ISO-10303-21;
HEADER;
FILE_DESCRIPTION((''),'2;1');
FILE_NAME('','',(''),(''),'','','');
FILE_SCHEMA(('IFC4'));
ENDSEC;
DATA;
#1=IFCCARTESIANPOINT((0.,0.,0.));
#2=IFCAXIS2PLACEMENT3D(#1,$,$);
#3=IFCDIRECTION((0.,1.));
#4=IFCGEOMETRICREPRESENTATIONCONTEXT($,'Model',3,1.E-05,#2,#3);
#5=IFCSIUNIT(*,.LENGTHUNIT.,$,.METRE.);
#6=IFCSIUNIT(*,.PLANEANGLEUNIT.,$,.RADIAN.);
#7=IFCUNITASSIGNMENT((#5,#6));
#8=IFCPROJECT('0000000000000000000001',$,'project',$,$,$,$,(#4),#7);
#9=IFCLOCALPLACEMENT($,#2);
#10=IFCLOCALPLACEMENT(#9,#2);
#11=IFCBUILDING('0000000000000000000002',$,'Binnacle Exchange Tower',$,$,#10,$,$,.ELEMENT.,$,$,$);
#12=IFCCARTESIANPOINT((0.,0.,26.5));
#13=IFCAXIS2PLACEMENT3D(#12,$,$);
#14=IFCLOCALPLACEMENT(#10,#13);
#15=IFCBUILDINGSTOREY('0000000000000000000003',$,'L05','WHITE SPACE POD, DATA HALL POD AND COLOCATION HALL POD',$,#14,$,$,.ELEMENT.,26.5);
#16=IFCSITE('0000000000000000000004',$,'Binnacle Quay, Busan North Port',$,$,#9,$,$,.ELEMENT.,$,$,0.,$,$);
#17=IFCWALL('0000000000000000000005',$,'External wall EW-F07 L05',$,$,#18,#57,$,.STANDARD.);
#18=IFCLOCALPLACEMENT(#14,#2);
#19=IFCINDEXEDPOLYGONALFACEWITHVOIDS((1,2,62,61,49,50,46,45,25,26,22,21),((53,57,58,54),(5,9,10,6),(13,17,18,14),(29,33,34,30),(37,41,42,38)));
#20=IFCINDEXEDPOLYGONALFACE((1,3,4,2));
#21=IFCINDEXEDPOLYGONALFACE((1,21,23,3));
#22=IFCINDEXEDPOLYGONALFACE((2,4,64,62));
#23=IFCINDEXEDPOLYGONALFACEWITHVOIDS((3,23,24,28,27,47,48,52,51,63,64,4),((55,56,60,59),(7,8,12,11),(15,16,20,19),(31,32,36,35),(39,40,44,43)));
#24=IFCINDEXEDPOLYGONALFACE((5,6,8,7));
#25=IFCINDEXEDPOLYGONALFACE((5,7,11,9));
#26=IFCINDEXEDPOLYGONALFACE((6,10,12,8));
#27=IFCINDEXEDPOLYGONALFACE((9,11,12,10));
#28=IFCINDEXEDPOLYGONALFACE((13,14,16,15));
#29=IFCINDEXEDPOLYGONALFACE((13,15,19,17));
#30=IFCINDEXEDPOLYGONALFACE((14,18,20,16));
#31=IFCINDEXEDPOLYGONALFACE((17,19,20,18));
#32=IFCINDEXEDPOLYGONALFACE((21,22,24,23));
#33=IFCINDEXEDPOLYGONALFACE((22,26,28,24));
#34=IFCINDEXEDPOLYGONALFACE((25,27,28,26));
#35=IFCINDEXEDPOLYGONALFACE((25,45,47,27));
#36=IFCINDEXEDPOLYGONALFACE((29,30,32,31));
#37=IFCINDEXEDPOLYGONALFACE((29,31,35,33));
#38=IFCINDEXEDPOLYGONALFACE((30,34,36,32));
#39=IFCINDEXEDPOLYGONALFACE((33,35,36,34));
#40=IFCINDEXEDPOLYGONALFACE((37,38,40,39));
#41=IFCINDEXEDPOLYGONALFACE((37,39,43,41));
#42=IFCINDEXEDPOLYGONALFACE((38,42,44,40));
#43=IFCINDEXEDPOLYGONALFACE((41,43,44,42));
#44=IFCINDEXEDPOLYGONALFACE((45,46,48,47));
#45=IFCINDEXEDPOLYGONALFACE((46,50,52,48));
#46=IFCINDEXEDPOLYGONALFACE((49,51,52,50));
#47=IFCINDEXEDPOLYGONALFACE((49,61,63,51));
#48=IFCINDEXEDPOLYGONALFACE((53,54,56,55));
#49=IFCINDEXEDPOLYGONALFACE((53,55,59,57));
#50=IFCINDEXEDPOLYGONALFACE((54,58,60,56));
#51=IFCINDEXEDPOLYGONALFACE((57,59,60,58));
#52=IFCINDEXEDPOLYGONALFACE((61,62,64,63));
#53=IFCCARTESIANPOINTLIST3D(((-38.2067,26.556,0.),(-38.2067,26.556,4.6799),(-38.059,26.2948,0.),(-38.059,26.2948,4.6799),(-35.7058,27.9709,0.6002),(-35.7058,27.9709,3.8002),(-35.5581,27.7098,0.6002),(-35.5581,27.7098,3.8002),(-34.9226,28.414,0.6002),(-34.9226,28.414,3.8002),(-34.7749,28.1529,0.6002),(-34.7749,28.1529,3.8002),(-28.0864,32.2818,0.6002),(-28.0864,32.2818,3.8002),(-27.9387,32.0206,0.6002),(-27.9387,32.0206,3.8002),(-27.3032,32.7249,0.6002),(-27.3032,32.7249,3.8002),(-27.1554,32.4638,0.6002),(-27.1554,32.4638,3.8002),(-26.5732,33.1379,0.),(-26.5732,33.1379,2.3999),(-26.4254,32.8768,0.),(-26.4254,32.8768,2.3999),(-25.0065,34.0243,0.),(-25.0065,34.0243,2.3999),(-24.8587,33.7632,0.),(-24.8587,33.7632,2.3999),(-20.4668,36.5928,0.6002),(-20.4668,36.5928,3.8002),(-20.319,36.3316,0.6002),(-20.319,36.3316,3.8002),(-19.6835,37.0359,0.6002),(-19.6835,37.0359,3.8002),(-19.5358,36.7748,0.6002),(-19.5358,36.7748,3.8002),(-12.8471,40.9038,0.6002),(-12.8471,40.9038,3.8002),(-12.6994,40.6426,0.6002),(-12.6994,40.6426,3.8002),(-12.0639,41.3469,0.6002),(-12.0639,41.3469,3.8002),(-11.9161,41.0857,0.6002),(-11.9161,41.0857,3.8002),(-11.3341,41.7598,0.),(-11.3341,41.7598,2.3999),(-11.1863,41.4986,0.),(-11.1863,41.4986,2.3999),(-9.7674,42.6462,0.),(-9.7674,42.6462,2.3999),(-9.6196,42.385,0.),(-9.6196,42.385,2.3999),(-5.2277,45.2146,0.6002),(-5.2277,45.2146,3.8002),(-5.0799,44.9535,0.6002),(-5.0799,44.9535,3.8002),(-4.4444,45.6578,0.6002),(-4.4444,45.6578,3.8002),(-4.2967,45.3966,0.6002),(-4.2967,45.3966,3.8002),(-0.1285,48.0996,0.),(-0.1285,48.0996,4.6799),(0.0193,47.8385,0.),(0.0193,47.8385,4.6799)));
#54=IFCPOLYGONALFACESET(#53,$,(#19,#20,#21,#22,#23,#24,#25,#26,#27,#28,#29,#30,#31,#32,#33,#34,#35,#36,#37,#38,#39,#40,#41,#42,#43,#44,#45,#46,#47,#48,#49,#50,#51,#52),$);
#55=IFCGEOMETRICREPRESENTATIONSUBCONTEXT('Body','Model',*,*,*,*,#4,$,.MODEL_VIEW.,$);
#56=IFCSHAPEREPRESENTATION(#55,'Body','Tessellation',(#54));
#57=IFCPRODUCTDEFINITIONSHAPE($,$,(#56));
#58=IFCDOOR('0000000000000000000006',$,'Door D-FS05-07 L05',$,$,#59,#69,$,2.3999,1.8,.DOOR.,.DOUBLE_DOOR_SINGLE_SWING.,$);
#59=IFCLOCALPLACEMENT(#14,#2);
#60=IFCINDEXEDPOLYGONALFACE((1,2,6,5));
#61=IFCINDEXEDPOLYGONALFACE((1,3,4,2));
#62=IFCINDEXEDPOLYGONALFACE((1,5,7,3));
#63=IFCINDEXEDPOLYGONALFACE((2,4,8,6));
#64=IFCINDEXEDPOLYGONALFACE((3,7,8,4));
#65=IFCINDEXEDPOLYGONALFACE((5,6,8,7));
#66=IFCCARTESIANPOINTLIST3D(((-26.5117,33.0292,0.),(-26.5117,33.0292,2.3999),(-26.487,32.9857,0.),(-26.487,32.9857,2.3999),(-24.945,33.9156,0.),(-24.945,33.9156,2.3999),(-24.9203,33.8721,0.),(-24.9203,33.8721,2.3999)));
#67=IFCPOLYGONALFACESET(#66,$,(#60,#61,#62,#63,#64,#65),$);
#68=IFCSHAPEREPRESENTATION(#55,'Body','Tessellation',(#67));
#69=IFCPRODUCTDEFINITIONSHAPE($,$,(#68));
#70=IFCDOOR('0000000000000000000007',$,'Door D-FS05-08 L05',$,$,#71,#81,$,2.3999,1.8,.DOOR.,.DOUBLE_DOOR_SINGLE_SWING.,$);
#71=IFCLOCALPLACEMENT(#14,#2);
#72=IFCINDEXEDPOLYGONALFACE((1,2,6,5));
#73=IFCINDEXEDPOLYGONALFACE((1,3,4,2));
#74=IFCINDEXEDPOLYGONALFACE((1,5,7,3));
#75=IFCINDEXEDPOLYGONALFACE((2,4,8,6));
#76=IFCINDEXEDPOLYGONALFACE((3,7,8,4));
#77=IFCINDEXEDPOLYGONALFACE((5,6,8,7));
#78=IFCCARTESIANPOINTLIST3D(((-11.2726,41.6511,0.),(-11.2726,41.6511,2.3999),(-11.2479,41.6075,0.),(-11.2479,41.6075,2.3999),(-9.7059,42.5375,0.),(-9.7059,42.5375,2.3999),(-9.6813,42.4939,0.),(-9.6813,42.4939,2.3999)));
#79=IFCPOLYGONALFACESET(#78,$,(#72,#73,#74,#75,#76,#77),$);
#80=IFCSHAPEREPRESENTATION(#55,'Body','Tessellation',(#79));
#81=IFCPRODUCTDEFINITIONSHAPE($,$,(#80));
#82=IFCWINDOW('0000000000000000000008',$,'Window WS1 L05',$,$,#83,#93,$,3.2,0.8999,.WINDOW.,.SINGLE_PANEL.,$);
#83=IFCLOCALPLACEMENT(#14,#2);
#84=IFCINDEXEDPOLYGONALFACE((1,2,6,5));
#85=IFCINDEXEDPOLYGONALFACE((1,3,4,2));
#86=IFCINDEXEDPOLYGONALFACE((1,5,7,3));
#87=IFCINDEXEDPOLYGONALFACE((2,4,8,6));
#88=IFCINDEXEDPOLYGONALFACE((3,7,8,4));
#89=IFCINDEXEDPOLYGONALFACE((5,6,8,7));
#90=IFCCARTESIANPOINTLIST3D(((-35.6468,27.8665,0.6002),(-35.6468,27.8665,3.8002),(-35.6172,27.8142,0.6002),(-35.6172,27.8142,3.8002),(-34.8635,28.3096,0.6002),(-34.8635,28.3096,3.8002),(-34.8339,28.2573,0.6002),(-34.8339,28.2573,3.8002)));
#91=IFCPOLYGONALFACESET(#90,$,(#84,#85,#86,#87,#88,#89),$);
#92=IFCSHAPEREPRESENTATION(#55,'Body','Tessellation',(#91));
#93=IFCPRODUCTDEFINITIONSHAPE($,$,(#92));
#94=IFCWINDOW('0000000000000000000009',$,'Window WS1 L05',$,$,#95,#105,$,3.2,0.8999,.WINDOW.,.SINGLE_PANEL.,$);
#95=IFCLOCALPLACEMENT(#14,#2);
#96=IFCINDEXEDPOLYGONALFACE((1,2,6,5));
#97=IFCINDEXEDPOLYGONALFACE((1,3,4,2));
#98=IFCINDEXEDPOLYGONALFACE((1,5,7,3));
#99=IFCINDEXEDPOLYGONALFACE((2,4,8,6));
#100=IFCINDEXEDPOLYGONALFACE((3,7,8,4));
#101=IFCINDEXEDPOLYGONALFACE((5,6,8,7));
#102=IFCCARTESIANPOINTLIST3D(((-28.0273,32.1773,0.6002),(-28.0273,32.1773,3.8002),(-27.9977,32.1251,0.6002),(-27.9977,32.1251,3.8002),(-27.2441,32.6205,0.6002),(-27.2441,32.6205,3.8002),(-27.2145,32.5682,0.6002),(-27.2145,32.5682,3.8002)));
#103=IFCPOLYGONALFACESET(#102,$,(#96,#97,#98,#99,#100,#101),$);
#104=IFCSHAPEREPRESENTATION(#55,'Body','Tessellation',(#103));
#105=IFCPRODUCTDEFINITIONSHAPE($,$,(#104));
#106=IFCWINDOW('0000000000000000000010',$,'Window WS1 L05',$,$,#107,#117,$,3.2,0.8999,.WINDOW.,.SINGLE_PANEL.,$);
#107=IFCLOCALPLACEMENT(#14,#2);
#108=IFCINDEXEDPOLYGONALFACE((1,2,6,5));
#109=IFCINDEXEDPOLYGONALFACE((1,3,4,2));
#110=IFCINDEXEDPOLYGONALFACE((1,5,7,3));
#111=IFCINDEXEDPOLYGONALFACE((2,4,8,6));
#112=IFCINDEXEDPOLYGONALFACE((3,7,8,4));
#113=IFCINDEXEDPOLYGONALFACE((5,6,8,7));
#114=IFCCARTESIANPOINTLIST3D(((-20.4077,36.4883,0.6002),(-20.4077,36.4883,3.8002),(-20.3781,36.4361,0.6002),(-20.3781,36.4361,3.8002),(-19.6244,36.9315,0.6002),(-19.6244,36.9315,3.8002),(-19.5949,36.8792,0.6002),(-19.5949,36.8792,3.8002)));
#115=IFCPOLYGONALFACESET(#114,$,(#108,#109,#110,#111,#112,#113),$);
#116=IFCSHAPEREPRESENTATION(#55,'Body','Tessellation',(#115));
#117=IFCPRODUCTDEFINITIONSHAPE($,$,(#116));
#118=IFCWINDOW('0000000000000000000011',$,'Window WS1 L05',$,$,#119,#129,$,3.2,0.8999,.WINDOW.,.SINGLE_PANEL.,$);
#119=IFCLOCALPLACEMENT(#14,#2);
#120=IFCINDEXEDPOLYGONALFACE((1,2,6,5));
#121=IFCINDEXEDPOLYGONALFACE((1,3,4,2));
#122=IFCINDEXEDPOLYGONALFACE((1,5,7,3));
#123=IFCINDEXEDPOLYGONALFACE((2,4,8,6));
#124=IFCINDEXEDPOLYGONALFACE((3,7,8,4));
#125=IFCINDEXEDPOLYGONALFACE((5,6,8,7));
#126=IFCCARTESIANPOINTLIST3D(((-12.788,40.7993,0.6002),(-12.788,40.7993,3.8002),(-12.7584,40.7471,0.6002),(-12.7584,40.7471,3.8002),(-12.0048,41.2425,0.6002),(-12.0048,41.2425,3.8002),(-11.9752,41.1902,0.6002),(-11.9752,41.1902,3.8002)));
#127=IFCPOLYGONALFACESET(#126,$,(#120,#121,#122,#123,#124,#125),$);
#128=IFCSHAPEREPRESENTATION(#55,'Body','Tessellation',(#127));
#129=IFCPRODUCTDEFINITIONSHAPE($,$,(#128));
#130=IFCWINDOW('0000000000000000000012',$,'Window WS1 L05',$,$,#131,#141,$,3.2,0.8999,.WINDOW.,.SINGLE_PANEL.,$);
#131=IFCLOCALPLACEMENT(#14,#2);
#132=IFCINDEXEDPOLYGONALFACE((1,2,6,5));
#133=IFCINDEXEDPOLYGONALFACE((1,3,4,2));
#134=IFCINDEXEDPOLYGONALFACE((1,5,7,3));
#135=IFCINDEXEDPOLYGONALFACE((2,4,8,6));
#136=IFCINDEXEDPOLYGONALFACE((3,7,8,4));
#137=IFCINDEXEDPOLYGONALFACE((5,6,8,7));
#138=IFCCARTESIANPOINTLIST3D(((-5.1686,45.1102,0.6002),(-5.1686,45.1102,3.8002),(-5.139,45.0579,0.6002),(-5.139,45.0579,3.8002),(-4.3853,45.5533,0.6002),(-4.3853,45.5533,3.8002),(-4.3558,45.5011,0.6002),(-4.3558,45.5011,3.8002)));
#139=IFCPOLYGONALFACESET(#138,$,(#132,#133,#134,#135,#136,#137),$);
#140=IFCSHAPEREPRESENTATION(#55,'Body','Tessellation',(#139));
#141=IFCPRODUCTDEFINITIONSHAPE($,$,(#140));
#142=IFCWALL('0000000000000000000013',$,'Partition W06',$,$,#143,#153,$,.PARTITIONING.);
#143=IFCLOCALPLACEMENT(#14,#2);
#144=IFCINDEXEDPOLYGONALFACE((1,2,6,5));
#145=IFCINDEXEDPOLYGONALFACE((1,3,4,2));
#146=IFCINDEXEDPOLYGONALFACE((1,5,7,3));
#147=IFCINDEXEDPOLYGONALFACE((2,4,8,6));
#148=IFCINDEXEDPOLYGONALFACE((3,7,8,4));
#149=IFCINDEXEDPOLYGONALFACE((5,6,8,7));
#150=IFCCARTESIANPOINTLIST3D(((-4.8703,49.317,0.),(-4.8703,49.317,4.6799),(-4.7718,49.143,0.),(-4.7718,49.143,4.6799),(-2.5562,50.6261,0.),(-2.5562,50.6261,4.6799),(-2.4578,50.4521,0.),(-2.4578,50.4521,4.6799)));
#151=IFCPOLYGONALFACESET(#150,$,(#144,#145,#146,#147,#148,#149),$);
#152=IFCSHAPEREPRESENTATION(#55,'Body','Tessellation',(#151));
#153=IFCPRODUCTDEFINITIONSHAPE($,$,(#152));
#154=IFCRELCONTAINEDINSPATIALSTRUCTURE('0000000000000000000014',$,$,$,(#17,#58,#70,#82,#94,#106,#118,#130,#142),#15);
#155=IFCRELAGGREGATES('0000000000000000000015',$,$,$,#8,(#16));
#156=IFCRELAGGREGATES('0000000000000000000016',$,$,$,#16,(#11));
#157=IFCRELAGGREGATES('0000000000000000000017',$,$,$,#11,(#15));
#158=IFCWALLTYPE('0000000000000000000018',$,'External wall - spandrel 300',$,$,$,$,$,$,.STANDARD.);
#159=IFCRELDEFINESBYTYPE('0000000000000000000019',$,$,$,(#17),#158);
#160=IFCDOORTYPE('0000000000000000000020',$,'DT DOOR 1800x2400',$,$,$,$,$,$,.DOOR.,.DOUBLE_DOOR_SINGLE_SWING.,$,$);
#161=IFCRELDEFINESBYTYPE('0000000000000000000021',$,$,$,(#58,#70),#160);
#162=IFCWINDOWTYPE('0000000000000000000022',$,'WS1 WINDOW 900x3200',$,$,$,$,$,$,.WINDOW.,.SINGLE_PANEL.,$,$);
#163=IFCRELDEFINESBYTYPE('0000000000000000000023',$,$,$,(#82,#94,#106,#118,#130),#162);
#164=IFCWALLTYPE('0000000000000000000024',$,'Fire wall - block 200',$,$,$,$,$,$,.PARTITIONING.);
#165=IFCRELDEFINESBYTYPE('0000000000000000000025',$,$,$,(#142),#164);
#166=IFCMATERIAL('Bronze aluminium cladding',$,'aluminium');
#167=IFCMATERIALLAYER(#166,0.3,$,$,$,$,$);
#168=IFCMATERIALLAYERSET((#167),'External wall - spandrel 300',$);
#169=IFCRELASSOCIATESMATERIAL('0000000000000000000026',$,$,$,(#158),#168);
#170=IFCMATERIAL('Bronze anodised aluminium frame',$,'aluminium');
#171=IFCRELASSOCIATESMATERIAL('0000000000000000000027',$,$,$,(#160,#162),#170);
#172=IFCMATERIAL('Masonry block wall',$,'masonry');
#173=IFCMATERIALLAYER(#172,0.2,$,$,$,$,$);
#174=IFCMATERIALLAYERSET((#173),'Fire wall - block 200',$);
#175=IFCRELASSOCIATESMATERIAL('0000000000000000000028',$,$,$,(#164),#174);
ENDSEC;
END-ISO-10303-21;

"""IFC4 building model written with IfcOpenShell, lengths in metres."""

from ifc_helpers import new_model, si_unit, direction, frame, frame_2d, origin, place, context, subcontext, project, spatial, rectangle, extrude, material, layer, layer_set, type_object, element, fill, save


model = new_model("IFC4")

# Units and contexts
model_context = context("Model", 3, precision=1e-05, world=origin(), true_north=direction((0.0, 1.0)))
body_context = subcontext(model_context, "Body", "Model", "MODEL_VIEW")
ifc_project = project(units=[si_unit("LENGTHUNIT", "METRE"), si_unit("PLANEANGLEUNIT", "RADIAN")], contexts=[model_context])

# Site, building, storey
site_placement = place(None, origin())
site = spatial("IfcSite", under=ifc_project, at=site_placement, Name="Binnacle Quay, Busan North Port", CompositionType="ELEMENT", RefElevation=0.0)
building_placement = place(site_placement, origin())
building = spatial("IfcBuilding", under=site, at=building_placement, Name="Binnacle Exchange Tower", CompositionType="ELEMENT")
storey_placement = place(building_placement, frame((0.0, 0.0, 26.5)))
storey = spatial("IfcBuildingStorey", under=building, at=storey_placement, Name="L05", Description="WHITE SPACE POD, DATA HALL POD AND COLOCATION HALL POD", CompositionType="ELEMENT", Elevation=26.5)

# Wall, openings, doors, windows
ifc_material_1 = material(Name="Bronze aluminium cladding", Category="aluminium")
ifc_layer_1 = layer(ifc_material_1, 0.3)
ifc_layer_set_1 = layer_set([ifc_layer_1], Name="External wall - spandrel 300")
wall_type_1 = type_object("IfcWallType", Name="External wall - spandrel 300", PredefinedType="STANDARD", material=ifc_layer_set_1)
wall_1_placement = place(storey_placement, frame((-0.0547, 47.969, 0.0), z_axis=(0.0, 0.0, 1.0), x_axis=(-0.870356, -0.492423, 0.0)))
wall_1 = element("IfcWall", 1, at=wall_1_placement, inside=storey, type_object=wall_type_1, Name="External wall EW-F07 L05", PredefinedType="STANDARD", context=body_context, shape_type="SweptSolid", body=[
    extrude(rectangle(XDim=43.7502, YDim=0.3, at=frame_2d((21.875, 0.0))), origin(), (0.0, 0.0, 1.0), 4.6799),
])
opening_1_placement = place(wall_1_placement, frame((39.9768, 0.0, 0.6001)))
opening_1 = element("IfcOpeningElement", 2, at=opening_1_placement, cuts=wall_1, PredefinedType="OPENING", context=body_context, shape_type="SweptSolid", body=[
    extrude(rectangle(XDim=0.8999, YDim=3.2, at=frame_2d((0.45, 1.6001))), frame((0.0, 0.1599, 0.0), z_axis=(0.0, -1.0, 0.0), x_axis=(1.0, 0.0, 0.0)), (0.0, 0.0, 1.0), 0.3201),
])
opening_2_placement = place(wall_1_placement, frame((31.2224, 0.0, 0.6001)))
opening_2 = element("IfcOpeningElement", 3, at=opening_2_placement, cuts=wall_1, PredefinedType="OPENING", context=body_context, shape_type="SweptSolid", body=[
    extrude(rectangle(XDim=0.8999, YDim=3.2, at=frame_2d((0.45, 1.6001))), frame((0.0, 0.1599, 0.0), z_axis=(0.0, -1.0, 0.0), x_axis=(1.0, 0.0, 0.0)), (0.0, 0.0, 1.0), 0.3201),
])
opening_3_placement = place(wall_1_placement, frame((28.5837, 0.0, 0.0)))
opening_3 = element("IfcOpeningElement", 4, at=opening_3_placement, cuts=wall_1, PredefinedType="OPENING", context=body_context, shape_type="SweptSolid", body=[
    extrude(rectangle(XDim=1.8, YDim=2.3999, at=frame_2d((0.8999, 1.2))), frame((0.0, 0.1599, 0.0), z_axis=(0.0, -1.0, 0.0), x_axis=(1.0, 0.0, 0.0)), (0.0, 0.0, 1.0), 0.3201),
])
opening_4_placement = place(wall_1_placement, frame((22.4678, 0.0, 0.6001)))
opening_4 = element("IfcOpeningElement", 5, at=opening_4_placement, cuts=wall_1, PredefinedType="OPENING", context=body_context, shape_type="SweptSolid", body=[
    extrude(rectangle(XDim=0.8999, YDim=3.2, at=frame_2d((0.45, 1.6001))), frame((0.0, 0.1599, 0.0), z_axis=(0.0, -1.0, 0.0), x_axis=(1.0, 0.0, 0.0)), (0.0, 0.0, 1.0), 0.3201),
])
opening_5_placement = place(wall_1_placement, frame((13.7131, 0.0, 0.6001)))
opening_5 = element("IfcOpeningElement", 6, at=opening_5_placement, cuts=wall_1, PredefinedType="OPENING", context=body_context, shape_type="SweptSolid", body=[
    extrude(rectangle(XDim=0.8999, YDim=3.2, at=frame_2d((0.45, 1.6001))), frame((0.0, 0.1599, 0.0), z_axis=(0.0, -1.0, 0.0), x_axis=(1.0, 0.0, 0.0)), (0.0, 0.0, 1.0), 0.3201),
])
opening_6_placement = place(wall_1_placement, frame((11.0747, 0.0, 0.0)))
opening_6 = element("IfcOpeningElement", 7, at=opening_6_placement, cuts=wall_1, PredefinedType="OPENING", context=body_context, shape_type="SweptSolid", body=[
    extrude(rectangle(XDim=1.8, YDim=2.3999, at=frame_2d((0.8999, 1.2))), frame((0.0, 0.1599, 0.0), z_axis=(0.0, -1.0, 0.0), x_axis=(1.0, 0.0, 0.0)), (0.0, 0.0, 1.0), 0.3201),
])
opening_7_placement = place(wall_1_placement, frame((4.9587, 0.0, 0.6001)))
opening_7 = element("IfcOpeningElement", 8, at=opening_7_placement, cuts=wall_1, PredefinedType="OPENING", context=body_context, shape_type="SweptSolid", body=[
    extrude(rectangle(XDim=0.8999, YDim=3.2, at=frame_2d((0.45, 1.6001))), frame((0.0, 0.1599, 0.0), z_axis=(0.0, -1.0, 0.0), x_axis=(1.0, 0.0, 0.0)), (0.0, 0.0, 1.0), 0.3201),
])
ifc_material_2 = material(Name="Bronze anodised aluminium frame", Category="aluminium")
door_type_1 = type_object("IfcDoorType", Name="DT DOOR 1800x2400", OperationType="DOUBLE_DOOR_SINGLE_SWING", PredefinedType="DOOR", material=ifc_material_2)
door_1_placement = place(opening_3_placement, origin())
door_1 = element("IfcDoor", 9, at=door_1_placement, inside=storey, type_object=door_type_1, Name="Door D-FS05-07 L05", OperationType="DOUBLE_DOOR_SINGLE_SWING", OverallHeight=2.3999, OverallWidth=1.8, PredefinedType="DOOR", context=body_context, shape_type="SweptSolid", body=[
    extrude(rectangle(XDim=1.8, YDim=2.3999, at=frame_2d((0.8999, 1.2))), frame((0.0, 0.0249, 0.0), z_axis=(0.0, -1.0, 0.0), x_axis=(1.0, 0.0, 0.0)), (0.0, 0.0, 1.0), 0.05),
])
fill(opening_3, door_1)
door_2_placement = place(opening_6_placement, origin())
door_2 = element("IfcDoor", 10, at=door_2_placement, inside=storey, type_object=door_type_1, Name="Door D-FS05-08 L05", OperationType="DOUBLE_DOOR_SINGLE_SWING", OverallHeight=2.3999, OverallWidth=1.8, PredefinedType="DOOR", context=body_context, shape_type="SweptSolid", body=[
    extrude(rectangle(XDim=1.8, YDim=2.3999, at=frame_2d((0.8999, 1.2))), frame((0.0, 0.0249, 0.0), z_axis=(0.0, -1.0, 0.0), x_axis=(1.0, 0.0, 0.0)), (0.0, 0.0, 1.0), 0.05),
])
fill(opening_6, door_2)
window_type = type_object("IfcWindowType", Name="WS1 WINDOW 900x3200", PartitioningType="SINGLE_PANEL", PredefinedType="WINDOW", material=ifc_material_2)
window_1_placement = place(opening_1_placement, origin())
window_1 = element("IfcWindow", 11, at=window_1_placement, inside=storey, type_object=window_type, Name="Window WS1 L05", OverallHeight=3.2, OverallWidth=0.8999, PartitioningType="SINGLE_PANEL", PredefinedType="WINDOW", context=body_context, shape_type="SweptSolid", body=[
    extrude(rectangle(XDim=0.8999, YDim=3.2, at=frame_2d((0.45, 1.6001))), frame((0.0, 0.03, 0.0), z_axis=(0.0, -1.0, 0.0), x_axis=(1.0, 0.0, 0.0)), (0.0, 0.0, 1.0), 0.0601),
])
fill(opening_1, window_1)
window_2_placement = place(opening_2_placement, origin())
window_2 = element("IfcWindow", 12, at=window_2_placement, inside=storey, type_object=window_type, Name="Window WS1 L05", OverallHeight=3.2, OverallWidth=0.8999, PartitioningType="SINGLE_PANEL", PredefinedType="WINDOW", context=body_context, shape_type="SweptSolid", body=[
    extrude(rectangle(XDim=0.8999, YDim=3.2, at=frame_2d((0.45, 1.6001))), frame((0.0, 0.03, 0.0), z_axis=(0.0, -1.0, 0.0), x_axis=(1.0, 0.0, 0.0)), (0.0, 0.0, 1.0), 0.0601),
])
fill(opening_2, window_2)
window_3_placement = place(opening_4_placement, origin())
window_3 = element("IfcWindow", 13, at=window_3_placement, inside=storey, type_object=window_type, Name="Window WS1 L05", OverallHeight=3.2, OverallWidth=0.8999, PartitioningType="SINGLE_PANEL", PredefinedType="WINDOW", context=body_context, shape_type="SweptSolid", body=[
    extrude(rectangle(XDim=0.8999, YDim=3.2, at=frame_2d((0.45, 1.6001))), frame((0.0, 0.03, 0.0), z_axis=(0.0, -1.0, 0.0), x_axis=(1.0, 0.0, 0.0)), (0.0, 0.0, 1.0), 0.0601),
])
fill(opening_4, window_3)
window_4_placement = place(opening_5_placement, origin())
window_4 = element("IfcWindow", 14, at=window_4_placement, inside=storey, type_object=window_type, Name="Window WS1 L05", OverallHeight=3.2, OverallWidth=0.8999, PartitioningType="SINGLE_PANEL", PredefinedType="WINDOW", context=body_context, shape_type="SweptSolid", body=[
    extrude(rectangle(XDim=0.8999, YDim=3.2, at=frame_2d((0.45, 1.6001))), frame((0.0, 0.03, 0.0), z_axis=(0.0, -1.0, 0.0), x_axis=(1.0, 0.0, 0.0)), (0.0, 0.0, 1.0), 0.0601),
])
fill(opening_5, window_4)
window_5_placement = place(opening_7_placement, origin())
window_5 = element("IfcWindow", 15, at=window_5_placement, inside=storey, type_object=window_type, Name="Window WS1 L05", OverallHeight=3.2, OverallWidth=0.8999, PartitioningType="SINGLE_PANEL", PredefinedType="WINDOW", context=body_context, shape_type="SweptSolid", body=[
    extrude(rectangle(XDim=0.8999, YDim=3.2, at=frame_2d((0.45, 1.6001))), frame((0.0, 0.03, 0.0), z_axis=(0.0, -1.0, 0.0), x_axis=(1.0, 0.0, 0.0)), (0.0, 0.0, 1.0), 0.0601),
])
fill(opening_7, window_5)

# Wall
ifc_material_3 = material(Name="Masonry block wall", Category="masonry")
ifc_layer_2 = layer(ifc_material_3, 0.2)
ifc_layer_set_2 = layer_set([ifc_layer_2], Name="Fire wall - block 200")
wall_type_2 = type_object("IfcWallType", Name="Fire wall - block 200", PredefinedType="PARTITIONING", material=ifc_layer_set_2)
wall_2_placement = place(storey_placement, frame((-4.821, 49.23, 0.0), z_axis=(0.0, 0.0, 1.0), x_axis=(0.870371, 0.492396, 0.0)))
element("IfcWall", 16, at=wall_2_placement, inside=storey, type_object=wall_type_2, Name="Partition W06", PredefinedType="PARTITIONING", context=body_context, shape_type="SweptSolid", body=[
    extrude(rectangle(XDim=2.6587, YDim=0.2, at=frame_2d((1.3293, 0.0))), origin(), (0.0, 0.0, 1.0), 4.6799),
])

save(model, "model.ifc")
